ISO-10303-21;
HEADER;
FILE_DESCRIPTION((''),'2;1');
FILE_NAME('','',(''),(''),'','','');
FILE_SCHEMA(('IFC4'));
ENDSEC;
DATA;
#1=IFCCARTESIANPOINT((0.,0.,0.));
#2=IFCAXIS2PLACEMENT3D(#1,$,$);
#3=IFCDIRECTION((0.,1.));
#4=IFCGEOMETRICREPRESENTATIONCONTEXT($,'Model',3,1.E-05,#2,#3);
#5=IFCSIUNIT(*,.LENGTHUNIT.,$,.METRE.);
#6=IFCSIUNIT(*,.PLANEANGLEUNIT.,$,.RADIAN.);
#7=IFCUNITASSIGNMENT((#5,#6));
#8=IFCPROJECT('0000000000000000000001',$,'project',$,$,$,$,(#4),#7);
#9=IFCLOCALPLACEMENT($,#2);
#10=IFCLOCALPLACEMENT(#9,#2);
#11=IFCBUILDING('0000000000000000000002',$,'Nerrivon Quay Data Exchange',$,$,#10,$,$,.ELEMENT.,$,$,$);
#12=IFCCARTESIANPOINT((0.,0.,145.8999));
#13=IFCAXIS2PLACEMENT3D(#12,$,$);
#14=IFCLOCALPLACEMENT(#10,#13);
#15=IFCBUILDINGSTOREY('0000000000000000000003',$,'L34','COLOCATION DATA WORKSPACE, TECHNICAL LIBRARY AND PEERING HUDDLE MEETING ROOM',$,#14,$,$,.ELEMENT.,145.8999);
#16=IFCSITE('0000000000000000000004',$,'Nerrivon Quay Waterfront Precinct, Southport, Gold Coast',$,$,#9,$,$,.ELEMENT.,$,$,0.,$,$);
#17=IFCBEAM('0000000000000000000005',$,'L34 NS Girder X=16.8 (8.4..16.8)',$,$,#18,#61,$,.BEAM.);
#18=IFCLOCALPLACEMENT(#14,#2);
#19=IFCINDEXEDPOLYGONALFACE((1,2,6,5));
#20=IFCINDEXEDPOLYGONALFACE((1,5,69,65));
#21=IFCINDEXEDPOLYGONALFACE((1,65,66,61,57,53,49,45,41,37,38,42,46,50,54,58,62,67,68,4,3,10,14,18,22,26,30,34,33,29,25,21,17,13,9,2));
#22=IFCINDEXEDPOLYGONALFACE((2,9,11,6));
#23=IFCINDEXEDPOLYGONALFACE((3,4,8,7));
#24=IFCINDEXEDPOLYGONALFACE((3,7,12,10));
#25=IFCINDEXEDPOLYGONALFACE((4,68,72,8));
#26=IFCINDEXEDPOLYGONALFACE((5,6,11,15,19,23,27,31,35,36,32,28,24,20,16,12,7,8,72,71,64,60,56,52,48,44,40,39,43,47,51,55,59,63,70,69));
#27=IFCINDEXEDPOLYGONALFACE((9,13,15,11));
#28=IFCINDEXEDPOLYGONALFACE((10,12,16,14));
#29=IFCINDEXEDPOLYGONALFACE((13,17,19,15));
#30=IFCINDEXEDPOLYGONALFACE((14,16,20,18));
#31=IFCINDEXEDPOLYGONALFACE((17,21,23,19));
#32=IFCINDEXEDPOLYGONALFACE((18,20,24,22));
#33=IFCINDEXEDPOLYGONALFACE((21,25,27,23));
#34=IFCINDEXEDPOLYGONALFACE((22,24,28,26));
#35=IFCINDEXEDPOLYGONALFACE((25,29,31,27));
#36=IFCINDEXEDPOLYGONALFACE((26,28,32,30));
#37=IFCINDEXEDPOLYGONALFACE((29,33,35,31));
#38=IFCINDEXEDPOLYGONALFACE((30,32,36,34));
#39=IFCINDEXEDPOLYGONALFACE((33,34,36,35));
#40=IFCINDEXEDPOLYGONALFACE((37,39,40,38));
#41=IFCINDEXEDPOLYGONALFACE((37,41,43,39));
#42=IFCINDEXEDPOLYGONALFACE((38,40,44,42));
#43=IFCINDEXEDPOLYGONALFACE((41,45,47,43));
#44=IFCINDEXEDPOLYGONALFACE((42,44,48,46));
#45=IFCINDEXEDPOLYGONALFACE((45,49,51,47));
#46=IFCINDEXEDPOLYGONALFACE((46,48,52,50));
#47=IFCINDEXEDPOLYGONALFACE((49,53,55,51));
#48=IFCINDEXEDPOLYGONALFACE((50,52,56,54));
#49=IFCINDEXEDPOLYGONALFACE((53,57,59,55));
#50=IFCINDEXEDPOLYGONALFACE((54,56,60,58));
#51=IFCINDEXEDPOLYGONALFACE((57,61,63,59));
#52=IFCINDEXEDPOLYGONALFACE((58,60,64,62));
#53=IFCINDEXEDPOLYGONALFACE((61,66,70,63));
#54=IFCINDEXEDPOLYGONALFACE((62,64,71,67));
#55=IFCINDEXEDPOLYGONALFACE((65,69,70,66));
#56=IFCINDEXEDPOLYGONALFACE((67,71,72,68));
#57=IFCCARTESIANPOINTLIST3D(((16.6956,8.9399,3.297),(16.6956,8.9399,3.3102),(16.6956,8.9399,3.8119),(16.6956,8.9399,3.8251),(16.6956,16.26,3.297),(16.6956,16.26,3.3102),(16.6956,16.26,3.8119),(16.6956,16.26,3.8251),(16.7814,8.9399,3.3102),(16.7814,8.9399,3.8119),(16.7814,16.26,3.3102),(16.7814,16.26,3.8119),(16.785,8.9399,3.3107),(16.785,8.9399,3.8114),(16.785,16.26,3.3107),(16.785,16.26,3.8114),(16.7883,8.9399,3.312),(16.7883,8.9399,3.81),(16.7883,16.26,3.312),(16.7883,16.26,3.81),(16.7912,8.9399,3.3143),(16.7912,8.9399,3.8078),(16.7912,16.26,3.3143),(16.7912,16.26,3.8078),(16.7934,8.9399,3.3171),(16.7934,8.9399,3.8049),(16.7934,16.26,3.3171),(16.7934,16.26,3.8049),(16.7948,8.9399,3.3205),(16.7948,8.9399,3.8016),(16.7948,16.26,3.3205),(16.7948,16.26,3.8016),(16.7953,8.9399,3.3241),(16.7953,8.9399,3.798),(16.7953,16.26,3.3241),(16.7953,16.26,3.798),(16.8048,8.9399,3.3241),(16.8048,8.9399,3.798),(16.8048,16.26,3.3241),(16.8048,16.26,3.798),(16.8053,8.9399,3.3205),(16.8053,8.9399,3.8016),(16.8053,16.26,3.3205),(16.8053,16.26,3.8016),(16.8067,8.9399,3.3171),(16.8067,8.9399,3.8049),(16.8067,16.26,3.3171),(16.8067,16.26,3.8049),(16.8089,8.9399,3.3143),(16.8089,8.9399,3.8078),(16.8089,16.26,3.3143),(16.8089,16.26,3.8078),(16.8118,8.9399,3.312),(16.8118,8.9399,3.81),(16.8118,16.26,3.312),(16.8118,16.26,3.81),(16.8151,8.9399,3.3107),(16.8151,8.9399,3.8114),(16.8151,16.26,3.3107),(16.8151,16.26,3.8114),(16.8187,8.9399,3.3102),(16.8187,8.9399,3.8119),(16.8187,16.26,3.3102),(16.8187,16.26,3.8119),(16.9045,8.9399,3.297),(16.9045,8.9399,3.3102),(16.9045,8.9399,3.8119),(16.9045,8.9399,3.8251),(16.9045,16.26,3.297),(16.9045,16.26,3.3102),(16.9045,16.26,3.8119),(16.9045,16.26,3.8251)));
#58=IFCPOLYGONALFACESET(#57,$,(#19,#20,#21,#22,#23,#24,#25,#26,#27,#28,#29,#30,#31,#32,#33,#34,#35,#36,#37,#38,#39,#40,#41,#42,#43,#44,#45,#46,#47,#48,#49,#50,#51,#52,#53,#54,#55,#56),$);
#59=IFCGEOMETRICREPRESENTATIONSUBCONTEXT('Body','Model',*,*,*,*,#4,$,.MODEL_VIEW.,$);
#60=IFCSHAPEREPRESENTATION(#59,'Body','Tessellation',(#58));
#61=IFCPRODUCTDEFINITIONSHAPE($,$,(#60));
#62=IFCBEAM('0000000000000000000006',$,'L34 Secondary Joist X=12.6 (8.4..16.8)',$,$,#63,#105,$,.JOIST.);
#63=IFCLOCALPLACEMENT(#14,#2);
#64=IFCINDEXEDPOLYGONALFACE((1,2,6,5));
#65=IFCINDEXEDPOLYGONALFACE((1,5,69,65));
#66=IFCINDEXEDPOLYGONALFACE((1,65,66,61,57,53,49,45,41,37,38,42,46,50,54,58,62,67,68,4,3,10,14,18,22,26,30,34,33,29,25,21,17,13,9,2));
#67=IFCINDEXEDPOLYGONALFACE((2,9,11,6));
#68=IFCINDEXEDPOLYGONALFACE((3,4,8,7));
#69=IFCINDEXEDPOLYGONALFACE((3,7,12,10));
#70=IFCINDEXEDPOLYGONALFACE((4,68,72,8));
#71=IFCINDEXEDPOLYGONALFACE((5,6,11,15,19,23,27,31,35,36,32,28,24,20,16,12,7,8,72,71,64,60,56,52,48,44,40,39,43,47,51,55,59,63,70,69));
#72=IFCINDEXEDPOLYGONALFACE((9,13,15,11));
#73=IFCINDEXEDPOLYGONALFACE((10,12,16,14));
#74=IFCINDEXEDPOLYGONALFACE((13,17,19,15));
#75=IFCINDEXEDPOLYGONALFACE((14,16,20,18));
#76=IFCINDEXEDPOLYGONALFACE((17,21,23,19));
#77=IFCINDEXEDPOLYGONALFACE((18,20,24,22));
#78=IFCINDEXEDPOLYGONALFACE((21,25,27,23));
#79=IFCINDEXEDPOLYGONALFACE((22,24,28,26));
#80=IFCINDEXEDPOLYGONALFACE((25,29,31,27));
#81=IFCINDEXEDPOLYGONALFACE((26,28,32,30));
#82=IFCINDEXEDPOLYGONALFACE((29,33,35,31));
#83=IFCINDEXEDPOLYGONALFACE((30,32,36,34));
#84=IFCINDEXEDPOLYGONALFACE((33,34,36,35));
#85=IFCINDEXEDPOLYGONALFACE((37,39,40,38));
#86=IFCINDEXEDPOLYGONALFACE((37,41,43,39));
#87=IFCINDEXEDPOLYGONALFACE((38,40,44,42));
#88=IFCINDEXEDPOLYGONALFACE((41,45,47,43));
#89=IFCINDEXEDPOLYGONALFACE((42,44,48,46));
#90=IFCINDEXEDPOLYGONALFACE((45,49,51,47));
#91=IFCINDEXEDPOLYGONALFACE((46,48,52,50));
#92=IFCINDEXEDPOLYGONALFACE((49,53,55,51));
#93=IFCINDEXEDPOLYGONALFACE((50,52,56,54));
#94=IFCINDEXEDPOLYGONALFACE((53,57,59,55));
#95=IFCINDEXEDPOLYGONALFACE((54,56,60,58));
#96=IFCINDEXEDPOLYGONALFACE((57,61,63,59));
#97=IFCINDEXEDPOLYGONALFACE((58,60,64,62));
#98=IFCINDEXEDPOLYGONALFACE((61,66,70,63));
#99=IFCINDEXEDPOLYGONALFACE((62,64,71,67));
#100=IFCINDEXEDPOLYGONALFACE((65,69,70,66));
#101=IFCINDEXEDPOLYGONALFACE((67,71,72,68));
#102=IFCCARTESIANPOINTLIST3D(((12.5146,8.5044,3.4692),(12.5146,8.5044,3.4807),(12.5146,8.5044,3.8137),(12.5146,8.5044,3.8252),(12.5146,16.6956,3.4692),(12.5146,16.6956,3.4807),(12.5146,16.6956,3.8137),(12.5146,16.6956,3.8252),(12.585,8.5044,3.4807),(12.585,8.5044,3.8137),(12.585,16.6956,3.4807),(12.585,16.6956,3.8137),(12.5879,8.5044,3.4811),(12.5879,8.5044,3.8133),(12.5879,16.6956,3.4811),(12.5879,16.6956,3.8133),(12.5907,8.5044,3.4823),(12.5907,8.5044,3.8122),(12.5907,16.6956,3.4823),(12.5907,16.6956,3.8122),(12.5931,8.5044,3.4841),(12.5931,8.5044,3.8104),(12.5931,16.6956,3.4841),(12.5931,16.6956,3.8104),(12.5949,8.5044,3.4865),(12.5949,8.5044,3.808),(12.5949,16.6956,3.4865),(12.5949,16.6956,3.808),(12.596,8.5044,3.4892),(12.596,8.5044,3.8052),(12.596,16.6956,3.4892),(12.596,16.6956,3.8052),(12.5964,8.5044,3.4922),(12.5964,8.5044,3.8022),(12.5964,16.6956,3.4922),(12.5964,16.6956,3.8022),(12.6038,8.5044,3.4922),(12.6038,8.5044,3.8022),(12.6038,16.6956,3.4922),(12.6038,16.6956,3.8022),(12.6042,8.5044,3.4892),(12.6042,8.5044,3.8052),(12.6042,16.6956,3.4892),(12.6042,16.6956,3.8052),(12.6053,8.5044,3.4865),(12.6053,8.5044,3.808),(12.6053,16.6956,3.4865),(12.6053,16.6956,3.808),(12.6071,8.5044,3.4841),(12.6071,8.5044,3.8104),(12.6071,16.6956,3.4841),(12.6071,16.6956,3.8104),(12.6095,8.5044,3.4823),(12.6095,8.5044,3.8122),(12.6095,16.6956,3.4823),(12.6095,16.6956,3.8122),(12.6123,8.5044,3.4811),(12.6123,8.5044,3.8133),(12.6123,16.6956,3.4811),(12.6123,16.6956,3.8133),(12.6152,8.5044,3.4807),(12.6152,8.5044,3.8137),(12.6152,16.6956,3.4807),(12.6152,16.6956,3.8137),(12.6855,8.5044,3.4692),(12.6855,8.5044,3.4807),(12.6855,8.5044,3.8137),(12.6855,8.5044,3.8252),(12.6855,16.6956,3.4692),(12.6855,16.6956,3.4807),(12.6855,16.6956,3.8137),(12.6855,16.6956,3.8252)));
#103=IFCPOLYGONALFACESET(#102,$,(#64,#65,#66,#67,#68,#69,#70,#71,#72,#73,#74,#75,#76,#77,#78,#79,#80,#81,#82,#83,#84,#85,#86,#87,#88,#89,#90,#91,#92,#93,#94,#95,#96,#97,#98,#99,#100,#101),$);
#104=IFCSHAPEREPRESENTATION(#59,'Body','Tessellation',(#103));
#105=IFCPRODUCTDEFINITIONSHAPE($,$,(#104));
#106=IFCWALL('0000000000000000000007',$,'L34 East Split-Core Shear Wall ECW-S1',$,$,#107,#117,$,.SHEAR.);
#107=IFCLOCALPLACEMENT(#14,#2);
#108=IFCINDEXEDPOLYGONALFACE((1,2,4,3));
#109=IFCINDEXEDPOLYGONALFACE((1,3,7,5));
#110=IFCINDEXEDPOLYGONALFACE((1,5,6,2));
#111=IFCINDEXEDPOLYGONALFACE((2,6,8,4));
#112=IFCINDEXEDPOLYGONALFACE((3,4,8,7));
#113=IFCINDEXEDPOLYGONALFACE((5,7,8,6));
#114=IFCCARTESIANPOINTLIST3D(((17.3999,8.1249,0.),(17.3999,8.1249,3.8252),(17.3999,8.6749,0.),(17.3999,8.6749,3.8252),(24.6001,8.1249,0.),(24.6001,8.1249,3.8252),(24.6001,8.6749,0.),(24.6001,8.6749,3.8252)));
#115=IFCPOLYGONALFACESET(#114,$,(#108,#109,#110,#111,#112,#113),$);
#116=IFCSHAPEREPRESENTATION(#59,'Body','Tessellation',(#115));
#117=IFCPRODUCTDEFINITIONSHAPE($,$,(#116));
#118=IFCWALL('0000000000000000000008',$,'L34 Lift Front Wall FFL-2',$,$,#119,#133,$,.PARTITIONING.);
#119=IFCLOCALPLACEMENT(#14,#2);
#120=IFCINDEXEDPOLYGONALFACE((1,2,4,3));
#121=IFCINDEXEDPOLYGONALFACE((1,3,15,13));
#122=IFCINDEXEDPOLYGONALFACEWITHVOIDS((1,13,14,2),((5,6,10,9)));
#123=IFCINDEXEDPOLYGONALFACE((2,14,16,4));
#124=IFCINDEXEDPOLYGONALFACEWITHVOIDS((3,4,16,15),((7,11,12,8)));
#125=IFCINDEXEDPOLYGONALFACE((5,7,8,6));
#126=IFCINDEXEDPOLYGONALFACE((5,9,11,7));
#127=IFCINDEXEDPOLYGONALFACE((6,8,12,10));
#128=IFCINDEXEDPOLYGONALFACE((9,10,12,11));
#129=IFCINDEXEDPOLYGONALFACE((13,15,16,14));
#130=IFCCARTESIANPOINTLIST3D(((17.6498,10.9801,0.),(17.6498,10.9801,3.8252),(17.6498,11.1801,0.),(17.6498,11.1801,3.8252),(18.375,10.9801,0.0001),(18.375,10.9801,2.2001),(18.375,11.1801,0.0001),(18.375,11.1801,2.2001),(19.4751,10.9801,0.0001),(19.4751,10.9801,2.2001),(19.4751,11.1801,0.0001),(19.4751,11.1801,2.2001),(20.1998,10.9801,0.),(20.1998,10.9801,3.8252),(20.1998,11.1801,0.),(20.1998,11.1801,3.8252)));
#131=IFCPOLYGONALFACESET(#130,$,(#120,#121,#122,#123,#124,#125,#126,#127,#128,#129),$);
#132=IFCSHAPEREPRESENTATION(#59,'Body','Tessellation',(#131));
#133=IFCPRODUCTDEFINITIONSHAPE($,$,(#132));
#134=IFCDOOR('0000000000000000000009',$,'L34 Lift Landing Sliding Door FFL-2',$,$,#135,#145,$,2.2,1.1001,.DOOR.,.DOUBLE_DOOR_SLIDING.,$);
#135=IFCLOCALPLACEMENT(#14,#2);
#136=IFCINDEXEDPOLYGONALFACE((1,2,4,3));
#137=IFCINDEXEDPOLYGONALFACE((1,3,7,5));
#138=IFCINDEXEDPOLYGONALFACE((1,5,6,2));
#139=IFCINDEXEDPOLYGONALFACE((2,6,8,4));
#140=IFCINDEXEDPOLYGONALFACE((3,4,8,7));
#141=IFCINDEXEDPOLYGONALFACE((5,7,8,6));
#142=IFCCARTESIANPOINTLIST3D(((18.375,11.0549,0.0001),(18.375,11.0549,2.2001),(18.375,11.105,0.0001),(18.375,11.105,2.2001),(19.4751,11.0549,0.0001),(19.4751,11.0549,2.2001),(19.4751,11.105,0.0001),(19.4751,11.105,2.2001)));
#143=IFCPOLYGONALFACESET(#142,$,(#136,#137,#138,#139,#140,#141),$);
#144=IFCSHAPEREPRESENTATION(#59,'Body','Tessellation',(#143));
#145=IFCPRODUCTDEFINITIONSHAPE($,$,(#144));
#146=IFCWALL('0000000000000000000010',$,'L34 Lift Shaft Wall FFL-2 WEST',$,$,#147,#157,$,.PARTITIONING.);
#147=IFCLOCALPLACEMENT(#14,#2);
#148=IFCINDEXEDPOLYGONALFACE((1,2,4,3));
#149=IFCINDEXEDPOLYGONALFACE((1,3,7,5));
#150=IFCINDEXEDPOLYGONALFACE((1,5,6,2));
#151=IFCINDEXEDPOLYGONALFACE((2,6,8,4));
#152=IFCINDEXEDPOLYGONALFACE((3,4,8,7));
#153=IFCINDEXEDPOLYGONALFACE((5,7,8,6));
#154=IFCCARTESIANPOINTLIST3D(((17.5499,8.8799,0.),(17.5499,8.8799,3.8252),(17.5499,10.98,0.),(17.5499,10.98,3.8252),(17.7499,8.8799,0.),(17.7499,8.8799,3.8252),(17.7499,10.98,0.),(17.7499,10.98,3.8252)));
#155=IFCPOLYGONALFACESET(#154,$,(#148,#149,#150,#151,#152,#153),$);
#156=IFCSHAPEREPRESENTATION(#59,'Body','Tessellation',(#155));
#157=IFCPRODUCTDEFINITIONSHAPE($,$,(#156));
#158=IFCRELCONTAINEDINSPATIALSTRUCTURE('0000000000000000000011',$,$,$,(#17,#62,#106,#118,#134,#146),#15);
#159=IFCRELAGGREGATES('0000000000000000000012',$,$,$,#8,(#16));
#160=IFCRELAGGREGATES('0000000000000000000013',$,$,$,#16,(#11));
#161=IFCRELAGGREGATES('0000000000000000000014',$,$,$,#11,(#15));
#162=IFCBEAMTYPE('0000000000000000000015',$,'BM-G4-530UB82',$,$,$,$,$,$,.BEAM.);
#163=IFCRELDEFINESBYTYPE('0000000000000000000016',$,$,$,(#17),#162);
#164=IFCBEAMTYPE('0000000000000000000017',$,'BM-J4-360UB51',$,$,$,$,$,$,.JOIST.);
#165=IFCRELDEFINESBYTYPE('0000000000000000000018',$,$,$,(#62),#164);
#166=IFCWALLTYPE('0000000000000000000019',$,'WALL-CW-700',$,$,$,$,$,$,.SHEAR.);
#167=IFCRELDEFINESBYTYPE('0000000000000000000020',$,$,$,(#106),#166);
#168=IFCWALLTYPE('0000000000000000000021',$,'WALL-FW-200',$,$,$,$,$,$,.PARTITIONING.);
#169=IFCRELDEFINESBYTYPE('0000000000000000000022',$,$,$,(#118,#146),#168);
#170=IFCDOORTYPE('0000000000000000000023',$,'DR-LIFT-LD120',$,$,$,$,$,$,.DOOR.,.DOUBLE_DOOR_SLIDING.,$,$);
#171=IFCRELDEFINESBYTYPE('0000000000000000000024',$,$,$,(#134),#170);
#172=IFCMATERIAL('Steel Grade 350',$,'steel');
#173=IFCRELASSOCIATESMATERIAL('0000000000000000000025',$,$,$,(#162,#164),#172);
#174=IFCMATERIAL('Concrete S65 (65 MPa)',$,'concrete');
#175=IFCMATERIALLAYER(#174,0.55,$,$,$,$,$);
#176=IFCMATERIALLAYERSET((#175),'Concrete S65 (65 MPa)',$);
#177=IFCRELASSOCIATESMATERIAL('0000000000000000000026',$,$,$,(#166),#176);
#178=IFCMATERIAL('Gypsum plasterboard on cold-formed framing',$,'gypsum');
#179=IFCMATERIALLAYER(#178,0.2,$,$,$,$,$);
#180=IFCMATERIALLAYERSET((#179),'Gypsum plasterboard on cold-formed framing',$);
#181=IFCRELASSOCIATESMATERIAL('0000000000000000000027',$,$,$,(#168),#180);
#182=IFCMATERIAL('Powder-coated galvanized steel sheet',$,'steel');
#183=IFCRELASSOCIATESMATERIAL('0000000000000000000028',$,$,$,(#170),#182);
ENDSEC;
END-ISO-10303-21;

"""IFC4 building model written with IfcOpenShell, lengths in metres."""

from ifc_helpers import new_model, si_unit, direction, frame, frame_2d, origin, origin_2d, place, context, subcontext, project, spatial, rectangle, i_section, extrude, material, layer, layer_set, material_profile, profile_set, type_object, element, fill, save


model = new_model("IFC4")

# Units and contexts
model_context = context("Model", 3, precision=1e-05, world=origin(), true_north=direction((0.0, 1.0)))
body_context = subcontext(model_context, "Body", "Model", "MODEL_VIEW")
ifc_project = project(units=[si_unit("LENGTHUNIT", "METRE"), si_unit("PLANEANGLEUNIT", "RADIAN")], contexts=[model_context])

# Site, building, storey
site_placement = place(None, origin())
site = spatial("IfcSite", under=ifc_project, at=site_placement, Name="Nerrivon Quay Waterfront Precinct, Southport, Gold Coast", CompositionType="ELEMENT", RefElevation=0.0)
building_placement = place(site_placement, origin())
building = spatial("IfcBuilding", under=site, at=building_placement, Name="Nerrivon Quay Data Exchange", CompositionType="ELEMENT")
storey_placement = place(building_placement, frame((0.0, 0.0, 145.8999)))
storey = spatial("IfcBuildingStorey", under=building, at=storey_placement, Name="L34", Description="COLOCATION DATA WORKSPACE, TECHNICAL LIBRARY AND PEERING HUDDLE MEETING ROOM", CompositionType="ELEMENT", Elevation=145.8999)

# Shared definitions
ifc_material_1 = material(Name="Concrete S65 (65 MPa)", Category="concrete")
ifc_material_2 = material(Name="Steel Grade 350", Category="steel")

# Beams
ifc_material_profile_1 = material_profile(ifc_material_2, i_section(OverallWidth=0.209, OverallDepth=0.5281, WebThickness=0.0095, FlangeThickness=0.0132, FilletRadius=0.0139, at=origin_2d()), Name="530UB82.0")
ifc_profile_set_1 = profile_set([ifc_material_profile_1], Name="Steel Grade 350")
beam_type_1 = type_object("IfcBeamType", Name="BM-G4-530UB82", PredefinedType="BEAM", material=ifc_profile_set_1)
beam_1_placement = place(storey_placement, frame((16.8, 8.9399, 3.561), z_axis=(0.0, 1.0, 0.0), x_axis=(-1.0, 0.0, 0.0)))
element("IfcBeam", 1, at=beam_1_placement, inside=storey, type_object=beam_type_1, Name="L34 NS Girder X=16.8 (8.4..16.8)", PredefinedType="BEAM", context=body_context, shape_type="SweptSolid", body=[
    extrude(i_section(OverallWidth=0.209, OverallDepth=0.5281, WebThickness=0.0095, FlangeThickness=0.0132, FilletRadius=0.0139, at=origin_2d()), origin(), (0.0, 0.0, 1.0), 7.3201),
])
ifc_material_profile_2 = material_profile(ifc_material_2, i_section(OverallWidth=0.1709, OverallDepth=0.356, WebThickness=0.0073, FlangeThickness=0.0115, FilletRadius=0.0115, at=origin_2d()), Name="360UB50.7")
ifc_profile_set_2 = profile_set([ifc_material_profile_2], Name="Steel Grade 350")
beam_type_2 = type_object("IfcBeamType", Name="BM-J4-360UB51", PredefinedType="JOIST", material=ifc_profile_set_2)
beam_2_placement = place(storey_placement, frame((12.6001, 8.5044, 3.6472), z_axis=(0.0, 1.0, 0.0), x_axis=(-1.0, 0.0, 0.0)))
element("IfcBeam", 2, at=beam_2_placement, inside=storey, type_object=beam_type_2, Name="L34 Secondary Joist X=12.6 (8.4..16.8)", PredefinedType="JOIST", context=body_context, shape_type="SweptSolid", body=[
    extrude(i_section(OverallWidth=0.1709, OverallDepth=0.356, WebThickness=0.0073, FlangeThickness=0.0115, FilletRadius=0.0115, at=origin_2d()), origin(), (0.0, 0.0, 1.0), 8.1912),
])

# Wall
ifc_layer_1 = layer(ifc_material_1, 0.55)
ifc_layer_set_1 = layer_set([ifc_layer_1], Name="Concrete S65 (65 MPa)")
wall_type_1 = type_object("IfcWallType", Name="WALL-CW-700", PredefinedType="SHEAR", material=ifc_layer_set_1)
wall_1_placement = place(storey_placement, frame((17.3999, 8.3999, 0.0), z_axis=(0.0, 0.0, 1.0), x_axis=(1.0, 0.0, 0.0)))
element("IfcWall", 3, at=wall_1_placement, inside=storey, type_object=wall_type_1, Name="L34 East Split-Core Shear Wall ECW-S1", PredefinedType="SHEAR", context=body_context, shape_type="SweptSolid", body=[
    extrude(rectangle(XDim=7.2002, YDim=0.55, at=frame_2d((3.6001, 0.0))), origin(), (0.0, 0.0, 1.0), 3.8252),
])

# Wall, opening, door
ifc_material_3 = material(Name="Powder-coated galvanized steel sheet", Category="steel")
ifc_material_4 = material(Name="Gypsum plasterboard on cold-formed framing", Category="gypsum")
ifc_layer_2 = layer(ifc_material_4, 0.2)
ifc_layer_set_2 = layer_set([ifc_layer_2], Name="Gypsum plasterboard on cold-formed framing")
wall_type_2 = type_object("IfcWallType", Name="WALL-FW-200", PredefinedType="PARTITIONING", material=ifc_layer_set_2)
wall_2_placement = place(storey_placement, frame((17.6499, 11.0801, 0.0), z_axis=(0.0, 0.0, 1.0), x_axis=(1.0, 0.0, 0.0)))
wall_2 = element("IfcWall", 4, at=wall_2_placement, inside=storey, type_object=wall_type_2, Name="L34 Lift Front Wall FFL-2", PredefinedType="PARTITIONING", context=body_context, shape_type="SweptSolid", body=[
    extrude(rectangle(XDim=2.55, YDim=0.2, at=frame_2d((1.2749, 0.0))), origin(), (0.0, 0.0, 1.0), 3.8252),
])
opening_1_placement = place(wall_2_placement, frame((0.7251, 0.0, 0.0)))
opening_1 = element("IfcOpeningElement", 5, at=opening_1_placement, cuts=wall_2, PredefinedType="OPENING", context=body_context, shape_type="SweptSolid", body=[
    extrude(rectangle(XDim=1.1001, YDim=2.2, at=frame_2d((0.55, 1.1001))), frame((0.0, 0.1099, 0.0), z_axis=(0.0, -1.0, 0.0), x_axis=(1.0, 0.0, 0.0)), (0.0, 0.0, 1.0), 0.22),
])
door_type_1 = type_object("IfcDoorType", Name="DR-LIFT-LD120", OperationType="DOUBLE_DOOR_SLIDING", PredefinedType="DOOR", material=ifc_material_3)
door_1_placement = place(opening_1_placement, origin())
door_1 = element("IfcDoor", 6, at=door_1_placement, inside=storey, type_object=door_type_1, Name="L34 Lift Landing Sliding Door FFL-2", OperationType="DOUBLE_DOOR_SLIDING", OverallHeight=2.2, OverallWidth=1.1001, PredefinedType="DOOR", context=body_context, shape_type="SweptSolid", body=[
    extrude(rectangle(XDim=1.1001, YDim=2.2, at=frame_2d((0.55, 1.1001))), frame((0.0, 0.0249, 0.0), z_axis=(0.0, -1.0, 0.0), x_axis=(1.0, 0.0, 0.0)), (0.0, 0.0, 1.0), 0.05),
])
fill(opening_1, door_1)

# Wall
wall_3_placement = place(storey_placement, frame((17.6499, 8.8799, 0.0), z_axis=(0.0, 0.0, 1.0), x_axis=(0.0, 1.0, 0.0)))
element("IfcWall", 7, at=wall_3_placement, inside=storey, type_object=wall_type_2, Name="L34 Lift Shaft Wall FFL-2 WEST", PredefinedType="PARTITIONING", context=body_context, shape_type="SweptSolid", body=[
    extrude(rectangle(XDim=2.1001, YDim=0.2, at=frame_2d((1.05, 0.0))), origin(), (0.0, 0.0, 1.0), 3.8252),
])

save(model, "model.ifc")
